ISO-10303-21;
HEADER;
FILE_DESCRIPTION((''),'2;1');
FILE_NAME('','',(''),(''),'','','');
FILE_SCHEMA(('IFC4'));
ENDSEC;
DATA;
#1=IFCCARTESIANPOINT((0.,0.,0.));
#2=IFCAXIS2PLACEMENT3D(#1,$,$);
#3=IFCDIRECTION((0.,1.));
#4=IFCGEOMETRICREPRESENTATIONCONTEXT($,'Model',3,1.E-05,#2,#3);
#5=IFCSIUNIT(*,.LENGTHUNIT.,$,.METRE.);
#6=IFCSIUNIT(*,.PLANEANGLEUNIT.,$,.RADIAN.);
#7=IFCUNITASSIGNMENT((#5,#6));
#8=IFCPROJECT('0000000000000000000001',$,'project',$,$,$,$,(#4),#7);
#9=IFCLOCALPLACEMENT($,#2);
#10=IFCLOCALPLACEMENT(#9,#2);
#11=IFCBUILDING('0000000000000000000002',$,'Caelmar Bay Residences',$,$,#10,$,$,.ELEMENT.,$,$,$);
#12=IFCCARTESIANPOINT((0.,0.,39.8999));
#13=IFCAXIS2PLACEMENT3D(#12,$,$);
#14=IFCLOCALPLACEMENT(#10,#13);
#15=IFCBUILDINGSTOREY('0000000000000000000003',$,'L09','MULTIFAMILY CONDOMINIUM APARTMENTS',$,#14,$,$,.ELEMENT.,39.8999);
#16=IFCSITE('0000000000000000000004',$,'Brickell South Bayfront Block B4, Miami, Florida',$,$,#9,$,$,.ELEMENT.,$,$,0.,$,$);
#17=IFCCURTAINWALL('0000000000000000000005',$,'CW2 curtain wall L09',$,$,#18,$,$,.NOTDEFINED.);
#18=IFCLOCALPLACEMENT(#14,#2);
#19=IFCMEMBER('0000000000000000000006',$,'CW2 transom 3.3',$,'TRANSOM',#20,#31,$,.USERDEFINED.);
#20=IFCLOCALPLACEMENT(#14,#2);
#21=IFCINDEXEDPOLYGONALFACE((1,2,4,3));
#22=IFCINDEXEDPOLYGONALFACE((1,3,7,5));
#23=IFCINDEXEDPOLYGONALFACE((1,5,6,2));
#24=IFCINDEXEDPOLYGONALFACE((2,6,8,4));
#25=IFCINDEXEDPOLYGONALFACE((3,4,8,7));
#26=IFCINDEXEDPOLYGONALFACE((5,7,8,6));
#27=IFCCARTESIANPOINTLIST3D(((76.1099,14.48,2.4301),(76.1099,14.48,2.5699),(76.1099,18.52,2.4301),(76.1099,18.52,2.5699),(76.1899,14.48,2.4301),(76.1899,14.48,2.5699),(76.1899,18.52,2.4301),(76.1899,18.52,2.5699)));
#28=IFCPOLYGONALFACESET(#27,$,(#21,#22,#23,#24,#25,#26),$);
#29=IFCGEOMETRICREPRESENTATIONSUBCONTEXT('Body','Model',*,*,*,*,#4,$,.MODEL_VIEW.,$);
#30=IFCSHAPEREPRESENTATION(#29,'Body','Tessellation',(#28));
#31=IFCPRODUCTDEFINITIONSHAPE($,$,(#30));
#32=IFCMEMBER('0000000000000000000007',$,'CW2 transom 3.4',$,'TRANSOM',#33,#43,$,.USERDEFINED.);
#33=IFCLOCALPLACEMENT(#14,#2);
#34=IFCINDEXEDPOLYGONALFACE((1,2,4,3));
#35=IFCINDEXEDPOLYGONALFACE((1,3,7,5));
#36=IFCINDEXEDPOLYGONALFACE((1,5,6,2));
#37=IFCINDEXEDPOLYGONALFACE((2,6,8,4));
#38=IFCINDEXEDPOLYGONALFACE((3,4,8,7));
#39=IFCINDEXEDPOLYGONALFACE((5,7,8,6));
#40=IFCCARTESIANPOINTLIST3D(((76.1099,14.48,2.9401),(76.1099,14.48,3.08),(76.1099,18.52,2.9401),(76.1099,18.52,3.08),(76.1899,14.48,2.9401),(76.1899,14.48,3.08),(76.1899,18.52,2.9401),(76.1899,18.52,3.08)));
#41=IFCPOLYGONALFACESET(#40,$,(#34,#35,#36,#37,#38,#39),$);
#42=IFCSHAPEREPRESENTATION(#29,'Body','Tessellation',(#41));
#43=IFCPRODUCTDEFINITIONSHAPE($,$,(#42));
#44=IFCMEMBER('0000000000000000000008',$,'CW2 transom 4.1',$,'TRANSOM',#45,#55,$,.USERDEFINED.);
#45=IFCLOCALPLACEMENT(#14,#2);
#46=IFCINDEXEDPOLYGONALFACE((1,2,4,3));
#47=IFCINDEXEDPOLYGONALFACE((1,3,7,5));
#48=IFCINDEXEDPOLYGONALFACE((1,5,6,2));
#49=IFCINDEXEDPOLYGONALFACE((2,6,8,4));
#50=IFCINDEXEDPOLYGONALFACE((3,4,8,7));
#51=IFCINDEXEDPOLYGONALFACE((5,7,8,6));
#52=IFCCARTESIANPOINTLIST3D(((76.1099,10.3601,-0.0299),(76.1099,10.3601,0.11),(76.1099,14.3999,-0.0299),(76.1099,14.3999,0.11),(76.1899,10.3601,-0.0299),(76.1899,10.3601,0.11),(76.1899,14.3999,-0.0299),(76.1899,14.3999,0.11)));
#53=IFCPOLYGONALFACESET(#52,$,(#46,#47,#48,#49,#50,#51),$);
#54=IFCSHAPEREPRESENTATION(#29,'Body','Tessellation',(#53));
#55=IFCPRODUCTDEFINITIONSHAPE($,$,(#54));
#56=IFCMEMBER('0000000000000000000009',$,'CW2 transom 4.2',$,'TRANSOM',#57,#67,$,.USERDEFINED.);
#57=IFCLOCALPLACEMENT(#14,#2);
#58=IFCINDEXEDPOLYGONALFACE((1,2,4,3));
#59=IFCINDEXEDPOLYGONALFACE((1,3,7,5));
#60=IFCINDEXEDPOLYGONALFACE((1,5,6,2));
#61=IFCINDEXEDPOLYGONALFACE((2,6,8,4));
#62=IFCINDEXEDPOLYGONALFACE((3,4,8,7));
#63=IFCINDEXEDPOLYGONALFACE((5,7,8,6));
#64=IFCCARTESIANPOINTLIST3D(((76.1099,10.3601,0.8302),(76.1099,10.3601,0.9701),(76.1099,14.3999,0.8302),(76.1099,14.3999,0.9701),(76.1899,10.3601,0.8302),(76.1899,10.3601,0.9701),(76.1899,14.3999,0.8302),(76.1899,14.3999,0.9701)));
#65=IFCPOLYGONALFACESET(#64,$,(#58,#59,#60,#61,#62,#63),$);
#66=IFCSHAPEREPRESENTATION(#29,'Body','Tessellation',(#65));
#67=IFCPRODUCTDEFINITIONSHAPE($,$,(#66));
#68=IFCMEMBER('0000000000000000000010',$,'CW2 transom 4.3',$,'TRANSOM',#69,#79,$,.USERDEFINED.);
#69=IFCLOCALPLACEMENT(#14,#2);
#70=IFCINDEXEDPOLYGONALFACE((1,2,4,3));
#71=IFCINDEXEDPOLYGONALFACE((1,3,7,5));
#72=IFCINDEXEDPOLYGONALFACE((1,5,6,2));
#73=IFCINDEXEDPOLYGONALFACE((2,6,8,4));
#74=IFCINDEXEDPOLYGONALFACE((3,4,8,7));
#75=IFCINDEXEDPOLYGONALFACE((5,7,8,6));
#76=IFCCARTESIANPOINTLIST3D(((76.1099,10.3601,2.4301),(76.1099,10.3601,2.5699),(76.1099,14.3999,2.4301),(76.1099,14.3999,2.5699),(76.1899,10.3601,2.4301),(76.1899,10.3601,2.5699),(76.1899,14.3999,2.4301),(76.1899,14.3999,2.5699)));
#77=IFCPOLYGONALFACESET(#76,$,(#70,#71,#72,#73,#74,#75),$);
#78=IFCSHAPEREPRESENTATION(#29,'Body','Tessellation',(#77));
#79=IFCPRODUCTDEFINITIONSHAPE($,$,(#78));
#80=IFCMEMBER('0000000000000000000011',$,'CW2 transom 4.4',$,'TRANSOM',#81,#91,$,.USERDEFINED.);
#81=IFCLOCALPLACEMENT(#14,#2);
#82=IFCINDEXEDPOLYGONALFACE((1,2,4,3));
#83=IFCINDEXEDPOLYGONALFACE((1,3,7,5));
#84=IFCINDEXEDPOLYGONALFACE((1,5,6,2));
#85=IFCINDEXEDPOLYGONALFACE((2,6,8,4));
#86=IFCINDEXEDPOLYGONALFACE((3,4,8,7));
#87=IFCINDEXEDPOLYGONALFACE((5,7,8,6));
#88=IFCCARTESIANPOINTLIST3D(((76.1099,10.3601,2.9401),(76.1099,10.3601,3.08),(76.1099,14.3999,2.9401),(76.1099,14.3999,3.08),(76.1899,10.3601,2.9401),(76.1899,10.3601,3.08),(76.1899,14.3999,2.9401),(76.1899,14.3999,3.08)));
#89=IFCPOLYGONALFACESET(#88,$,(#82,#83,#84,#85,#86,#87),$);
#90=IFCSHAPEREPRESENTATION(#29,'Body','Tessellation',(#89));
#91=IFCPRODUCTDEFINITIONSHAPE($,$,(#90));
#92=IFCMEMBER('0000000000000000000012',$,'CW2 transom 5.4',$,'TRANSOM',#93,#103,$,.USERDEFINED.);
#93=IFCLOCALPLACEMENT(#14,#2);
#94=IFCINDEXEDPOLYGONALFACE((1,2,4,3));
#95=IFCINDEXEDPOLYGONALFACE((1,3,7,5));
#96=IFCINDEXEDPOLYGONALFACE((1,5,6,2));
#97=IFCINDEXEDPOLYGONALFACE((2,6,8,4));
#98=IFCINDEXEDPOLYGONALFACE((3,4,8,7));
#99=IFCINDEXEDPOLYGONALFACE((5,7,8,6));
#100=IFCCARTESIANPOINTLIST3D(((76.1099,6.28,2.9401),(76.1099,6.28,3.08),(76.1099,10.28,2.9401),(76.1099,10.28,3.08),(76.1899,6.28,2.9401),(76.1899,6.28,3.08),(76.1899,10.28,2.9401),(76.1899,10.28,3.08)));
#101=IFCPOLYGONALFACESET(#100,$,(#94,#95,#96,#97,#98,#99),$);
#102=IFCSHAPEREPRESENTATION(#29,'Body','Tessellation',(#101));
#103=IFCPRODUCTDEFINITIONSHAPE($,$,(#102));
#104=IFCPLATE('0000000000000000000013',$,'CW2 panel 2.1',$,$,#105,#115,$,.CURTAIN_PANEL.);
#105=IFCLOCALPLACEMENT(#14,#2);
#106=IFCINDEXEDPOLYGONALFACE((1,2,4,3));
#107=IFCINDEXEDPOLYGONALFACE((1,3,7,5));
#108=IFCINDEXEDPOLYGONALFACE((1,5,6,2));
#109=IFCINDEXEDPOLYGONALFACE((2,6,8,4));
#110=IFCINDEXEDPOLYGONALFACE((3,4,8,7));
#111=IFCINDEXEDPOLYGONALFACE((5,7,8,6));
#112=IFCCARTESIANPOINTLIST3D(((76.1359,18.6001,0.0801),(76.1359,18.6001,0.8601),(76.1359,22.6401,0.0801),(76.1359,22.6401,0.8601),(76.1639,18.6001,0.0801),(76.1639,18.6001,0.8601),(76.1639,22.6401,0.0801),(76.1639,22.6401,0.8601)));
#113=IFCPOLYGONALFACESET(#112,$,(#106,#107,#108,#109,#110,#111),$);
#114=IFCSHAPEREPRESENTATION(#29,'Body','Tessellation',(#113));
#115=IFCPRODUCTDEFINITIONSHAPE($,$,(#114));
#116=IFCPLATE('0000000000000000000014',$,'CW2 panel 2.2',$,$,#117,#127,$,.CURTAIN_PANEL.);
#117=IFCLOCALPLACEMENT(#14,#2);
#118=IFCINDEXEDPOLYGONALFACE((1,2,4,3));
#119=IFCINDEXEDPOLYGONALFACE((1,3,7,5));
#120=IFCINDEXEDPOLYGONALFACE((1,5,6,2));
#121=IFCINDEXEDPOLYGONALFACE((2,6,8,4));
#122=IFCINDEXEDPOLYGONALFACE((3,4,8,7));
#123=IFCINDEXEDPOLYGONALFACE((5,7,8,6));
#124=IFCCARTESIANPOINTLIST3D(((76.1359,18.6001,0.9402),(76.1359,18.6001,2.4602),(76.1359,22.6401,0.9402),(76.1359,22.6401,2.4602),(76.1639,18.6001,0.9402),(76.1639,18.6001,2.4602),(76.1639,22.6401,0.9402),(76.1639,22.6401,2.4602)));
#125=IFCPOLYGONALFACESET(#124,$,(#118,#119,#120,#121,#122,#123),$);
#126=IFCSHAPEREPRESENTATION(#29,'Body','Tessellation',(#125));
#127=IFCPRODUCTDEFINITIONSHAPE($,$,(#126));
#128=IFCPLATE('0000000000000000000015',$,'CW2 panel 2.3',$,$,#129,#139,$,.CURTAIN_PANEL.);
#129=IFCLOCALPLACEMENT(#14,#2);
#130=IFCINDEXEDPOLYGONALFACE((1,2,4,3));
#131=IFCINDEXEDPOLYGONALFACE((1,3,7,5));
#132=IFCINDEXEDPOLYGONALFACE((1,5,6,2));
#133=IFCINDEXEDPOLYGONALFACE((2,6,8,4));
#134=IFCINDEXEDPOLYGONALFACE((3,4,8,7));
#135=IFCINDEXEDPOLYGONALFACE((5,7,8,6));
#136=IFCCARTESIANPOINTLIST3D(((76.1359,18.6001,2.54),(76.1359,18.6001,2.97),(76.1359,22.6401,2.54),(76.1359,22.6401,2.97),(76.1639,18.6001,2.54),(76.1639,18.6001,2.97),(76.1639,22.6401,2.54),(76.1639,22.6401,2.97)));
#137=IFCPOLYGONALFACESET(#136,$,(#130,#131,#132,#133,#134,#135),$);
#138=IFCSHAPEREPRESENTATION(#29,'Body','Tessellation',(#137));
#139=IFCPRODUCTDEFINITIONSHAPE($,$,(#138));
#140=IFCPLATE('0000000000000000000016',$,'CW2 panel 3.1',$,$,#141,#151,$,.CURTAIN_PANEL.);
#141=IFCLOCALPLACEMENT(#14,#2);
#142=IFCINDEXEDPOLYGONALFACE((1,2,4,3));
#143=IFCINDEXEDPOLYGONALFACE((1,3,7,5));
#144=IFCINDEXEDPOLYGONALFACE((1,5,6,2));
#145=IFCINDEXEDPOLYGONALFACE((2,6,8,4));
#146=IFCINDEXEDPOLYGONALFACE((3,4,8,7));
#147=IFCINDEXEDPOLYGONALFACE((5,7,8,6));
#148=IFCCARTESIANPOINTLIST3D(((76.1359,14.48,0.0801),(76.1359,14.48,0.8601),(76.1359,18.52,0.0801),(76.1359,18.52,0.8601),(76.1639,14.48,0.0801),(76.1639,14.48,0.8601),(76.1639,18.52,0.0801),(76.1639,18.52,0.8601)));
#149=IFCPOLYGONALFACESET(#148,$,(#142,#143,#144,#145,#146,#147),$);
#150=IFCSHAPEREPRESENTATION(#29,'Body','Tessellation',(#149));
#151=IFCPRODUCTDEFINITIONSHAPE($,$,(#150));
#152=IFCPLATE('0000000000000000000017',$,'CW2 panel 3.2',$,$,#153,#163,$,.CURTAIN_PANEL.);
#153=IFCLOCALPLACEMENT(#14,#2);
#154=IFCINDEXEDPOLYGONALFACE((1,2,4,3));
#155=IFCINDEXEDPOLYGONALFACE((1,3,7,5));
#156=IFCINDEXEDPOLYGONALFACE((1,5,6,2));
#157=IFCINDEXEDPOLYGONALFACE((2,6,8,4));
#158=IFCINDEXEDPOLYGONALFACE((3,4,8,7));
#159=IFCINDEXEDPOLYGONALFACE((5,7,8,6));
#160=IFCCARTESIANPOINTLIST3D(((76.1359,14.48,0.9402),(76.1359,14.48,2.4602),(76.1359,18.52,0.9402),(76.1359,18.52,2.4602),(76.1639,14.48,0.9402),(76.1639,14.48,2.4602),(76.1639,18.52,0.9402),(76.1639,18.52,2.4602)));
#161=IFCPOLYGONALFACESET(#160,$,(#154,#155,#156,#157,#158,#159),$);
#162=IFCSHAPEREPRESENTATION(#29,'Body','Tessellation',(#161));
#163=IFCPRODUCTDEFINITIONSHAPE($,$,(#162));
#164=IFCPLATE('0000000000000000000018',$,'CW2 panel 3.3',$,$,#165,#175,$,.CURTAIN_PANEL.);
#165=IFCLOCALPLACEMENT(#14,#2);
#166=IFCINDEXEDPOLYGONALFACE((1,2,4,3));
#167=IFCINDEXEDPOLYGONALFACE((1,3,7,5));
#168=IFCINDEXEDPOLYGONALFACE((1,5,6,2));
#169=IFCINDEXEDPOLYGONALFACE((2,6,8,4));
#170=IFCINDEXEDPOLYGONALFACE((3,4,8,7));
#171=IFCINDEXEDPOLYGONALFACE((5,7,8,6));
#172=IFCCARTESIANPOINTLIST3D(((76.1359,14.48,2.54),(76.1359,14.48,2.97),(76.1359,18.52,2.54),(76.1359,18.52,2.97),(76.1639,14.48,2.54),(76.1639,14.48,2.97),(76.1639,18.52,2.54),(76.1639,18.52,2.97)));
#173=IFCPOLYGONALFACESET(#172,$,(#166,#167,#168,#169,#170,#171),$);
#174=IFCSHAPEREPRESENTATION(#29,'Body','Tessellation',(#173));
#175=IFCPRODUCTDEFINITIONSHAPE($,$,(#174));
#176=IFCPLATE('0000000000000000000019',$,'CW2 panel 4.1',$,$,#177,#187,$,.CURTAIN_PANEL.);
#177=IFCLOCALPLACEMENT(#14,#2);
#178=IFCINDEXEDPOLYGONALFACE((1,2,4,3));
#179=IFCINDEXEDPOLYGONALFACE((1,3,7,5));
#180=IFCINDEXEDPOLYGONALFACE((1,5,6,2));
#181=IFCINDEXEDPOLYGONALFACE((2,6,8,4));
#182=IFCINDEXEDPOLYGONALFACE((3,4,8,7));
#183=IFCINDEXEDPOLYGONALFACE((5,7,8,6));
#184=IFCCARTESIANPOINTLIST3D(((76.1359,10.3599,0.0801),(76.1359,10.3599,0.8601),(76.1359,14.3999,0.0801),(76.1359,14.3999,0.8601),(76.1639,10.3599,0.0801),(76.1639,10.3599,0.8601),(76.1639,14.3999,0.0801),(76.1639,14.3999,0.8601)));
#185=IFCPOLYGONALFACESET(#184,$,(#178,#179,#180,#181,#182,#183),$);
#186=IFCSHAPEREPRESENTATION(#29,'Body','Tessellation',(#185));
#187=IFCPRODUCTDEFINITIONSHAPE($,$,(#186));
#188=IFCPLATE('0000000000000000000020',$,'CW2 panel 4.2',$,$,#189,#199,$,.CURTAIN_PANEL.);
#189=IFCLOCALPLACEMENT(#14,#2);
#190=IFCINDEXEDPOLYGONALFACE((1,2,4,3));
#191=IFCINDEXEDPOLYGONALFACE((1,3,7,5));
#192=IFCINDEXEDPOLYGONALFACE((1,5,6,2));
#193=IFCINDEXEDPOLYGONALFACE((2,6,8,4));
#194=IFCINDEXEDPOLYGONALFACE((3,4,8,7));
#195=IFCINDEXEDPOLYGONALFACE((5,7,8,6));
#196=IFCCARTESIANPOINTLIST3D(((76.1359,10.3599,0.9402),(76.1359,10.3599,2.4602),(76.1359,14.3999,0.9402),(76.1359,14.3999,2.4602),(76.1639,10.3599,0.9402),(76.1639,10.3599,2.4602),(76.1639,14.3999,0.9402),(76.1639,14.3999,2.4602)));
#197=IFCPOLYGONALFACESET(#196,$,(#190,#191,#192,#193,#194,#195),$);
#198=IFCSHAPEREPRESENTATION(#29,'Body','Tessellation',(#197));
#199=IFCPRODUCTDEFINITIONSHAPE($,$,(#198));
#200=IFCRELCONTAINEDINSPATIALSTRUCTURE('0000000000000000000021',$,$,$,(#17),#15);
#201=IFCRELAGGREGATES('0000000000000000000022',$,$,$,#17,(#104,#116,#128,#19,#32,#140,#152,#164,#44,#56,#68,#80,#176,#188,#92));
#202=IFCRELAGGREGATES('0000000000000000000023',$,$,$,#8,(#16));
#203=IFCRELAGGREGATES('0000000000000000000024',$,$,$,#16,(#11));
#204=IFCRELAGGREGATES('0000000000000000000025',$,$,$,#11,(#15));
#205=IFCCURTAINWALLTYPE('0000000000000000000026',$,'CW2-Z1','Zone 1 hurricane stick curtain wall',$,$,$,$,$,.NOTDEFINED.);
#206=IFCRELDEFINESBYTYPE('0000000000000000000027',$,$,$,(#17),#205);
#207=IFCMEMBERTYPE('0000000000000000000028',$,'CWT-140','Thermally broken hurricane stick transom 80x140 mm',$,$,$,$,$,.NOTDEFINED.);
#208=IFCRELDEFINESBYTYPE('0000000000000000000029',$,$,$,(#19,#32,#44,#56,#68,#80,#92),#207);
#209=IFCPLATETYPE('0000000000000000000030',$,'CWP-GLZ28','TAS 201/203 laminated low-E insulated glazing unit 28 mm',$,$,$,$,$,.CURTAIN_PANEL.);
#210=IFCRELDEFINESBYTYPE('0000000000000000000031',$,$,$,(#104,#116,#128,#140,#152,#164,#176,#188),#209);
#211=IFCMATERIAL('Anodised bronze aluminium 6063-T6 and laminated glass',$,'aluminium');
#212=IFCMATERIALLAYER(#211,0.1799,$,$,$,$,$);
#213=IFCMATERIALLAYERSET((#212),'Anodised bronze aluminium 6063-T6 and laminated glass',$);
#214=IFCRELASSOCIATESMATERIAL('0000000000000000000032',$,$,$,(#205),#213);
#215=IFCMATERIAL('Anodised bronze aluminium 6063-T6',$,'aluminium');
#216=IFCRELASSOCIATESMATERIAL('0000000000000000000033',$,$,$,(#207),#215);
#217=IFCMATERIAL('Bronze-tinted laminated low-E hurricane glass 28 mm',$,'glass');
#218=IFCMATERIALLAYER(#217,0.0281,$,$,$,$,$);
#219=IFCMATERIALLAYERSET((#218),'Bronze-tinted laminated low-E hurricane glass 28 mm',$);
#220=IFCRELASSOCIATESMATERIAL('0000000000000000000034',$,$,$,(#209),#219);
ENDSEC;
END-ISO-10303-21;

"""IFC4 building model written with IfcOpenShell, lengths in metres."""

from ifc_helpers import new_model, si_unit, direction, frame, origin, origin_2d, place, context, subcontext, project, spatial, rectangle, extrude, material, layer, layer_set, material_profile, profile_set, type_object, element, aggregate, save


model = new_model("IFC4")

# Units and contexts
model_context = context("Model", 3, precision=1e-05, world=origin(), true_north=direction((0.0, 1.0)))
body_context = subcontext(model_context, "Body", "Model", "MODEL_VIEW")
ifc_project = project(units=[si_unit("LENGTHUNIT", "METRE"), si_unit("PLANEANGLEUNIT", "RADIAN")], contexts=[model_context])

# Site, building, storey
site_placement = place(None, origin())
site = spatial("IfcSite", under=ifc_project, at=site_placement, Name="Brickell South Bayfront Block B4, Miami, Florida", CompositionType="ELEMENT", RefElevation=0.0)
building_placement = place(site_placement, origin())
building = spatial("IfcBuilding", under=site, at=building_placement, Name="Caelmar Bay Residences", CompositionType="ELEMENT")
storey_placement = place(building_placement, frame((0.0, 0.0, 39.8999)))
storey = spatial("IfcBuildingStorey", under=building, at=storey_placement, Name="L09", Description="MULTIFAMILY CONDOMINIUM APARTMENTS", CompositionType="ELEMENT", Elevation=39.8999)

# Curtain wall, members, plates
ifc_material_1 = material(Name="Anodised bronze aluminium 6063-T6 and laminated glass", Category="aluminium")
ifc_layer_1 = layer(ifc_material_1, 0.1799)
ifc_layer_set_1 = layer_set([ifc_layer_1], Name="Anodised bronze aluminium 6063-T6 and laminated glass")
curtain_wall_type = type_object("IfcCurtainWallType", Name="CW2-Z1", Description="Zone 1 hurricane stick curtain wall", PredefinedType="NOTDEFINED", material=ifc_layer_set_1)
curtain_wall_placement = place(storey_placement, origin())
curtain_wall = element("IfcCurtainWall", 1, at=curtain_wall_placement, inside=storey, type_object=curtain_wall_type, Name="CW2 curtain wall L09", PredefinedType="NOTDEFINED")
ifc_material_2 = material(Name="Anodised bronze aluminium 6063-T6", Category="aluminium")
ifc_material_profile_1 = material_profile(ifc_material_2, rectangle(XDim=0.0801, YDim=0.1399, at=origin_2d()), Name="CWT-80X140")
ifc_profile_set_1 = profile_set([ifc_material_profile_1], Name="Anodised bronze aluminium 6063-T6")
member_type_1 = type_object("IfcMemberType", Name="CWT-140", Description="Thermally broken hurricane stick transom 80x140 mm", PredefinedType="NOTDEFINED", material=ifc_profile_set_1)
member_1_placement = place(storey_placement, frame((76.1499, 18.52, 2.5), z_axis=(0.0, -1.0, 0.0), x_axis=(1.0, 0.0, 0.0)))
member_1 = element("IfcMember", 2, at=member_1_placement, type_object=member_type_1, Name="CW2 transom 3.3", ObjectType="TRANSOM", PredefinedType="USERDEFINED", context=body_context, shape_type="SweptSolid", body=[
    extrude(rectangle(XDim=0.0801, YDim=0.1399, at=origin_2d()), origin(), (0.0, 0.0, 1.0), 4.04),
])
member_2_placement = place(storey_placement, frame((76.1499, 18.52, 3.01), z_axis=(0.0, -1.0, 0.0), x_axis=(1.0, 0.0, 0.0)))
member_2 = element("IfcMember", 3, at=member_2_placement, type_object=member_type_1, Name="CW2 transom 3.4", ObjectType="TRANSOM", PredefinedType="USERDEFINED", context=body_context, shape_type="SweptSolid", body=[
    extrude(rectangle(XDim=0.0801, YDim=0.1399, at=origin_2d()), origin(), (0.0, 0.0, 1.0), 4.04),
])
member_3_placement = place(storey_placement, frame((76.1499, 14.3999, 0.04), z_axis=(0.0, -1.0, 0.0), x_axis=(1.0, 0.0, 0.0)))
member_3 = element("IfcMember", 4, at=member_3_placement, type_object=member_type_1, Name="CW2 transom 4.1", ObjectType="TRANSOM", PredefinedType="USERDEFINED", context=body_context, shape_type="SweptSolid", body=[
    extrude(rectangle(XDim=0.0801, YDim=0.1399, at=origin_2d()), origin(), (0.0, 0.0, 1.0), 4.0398),
])
member_4_placement = place(storey_placement, frame((76.1499, 14.3999, 0.9001), z_axis=(0.0, -1.0, 0.0), x_axis=(1.0, 0.0, 0.0)))
member_4 = element("IfcMember", 5, at=member_4_placement, type_object=member_type_1, Name="CW2 transom 4.2", ObjectType="TRANSOM", PredefinedType="USERDEFINED", context=body_context, shape_type="SweptSolid", body=[
    extrude(rectangle(XDim=0.0801, YDim=0.1399, at=origin_2d()), origin(), (0.0, 0.0, 1.0), 4.0398),
])
member_5_placement = place(storey_placement, frame((76.1499, 14.3999, 2.5), z_axis=(0.0, -1.0, 0.0), x_axis=(1.0, 0.0, 0.0)))
member_5 = element("IfcMember", 6, at=member_5_placement, type_object=member_type_1, Name="CW2 transom 4.3", ObjectType="TRANSOM", PredefinedType="USERDEFINED", context=body_context, shape_type="SweptSolid", body=[
    extrude(rectangle(XDim=0.0801, YDim=0.1399, at=origin_2d()), origin(), (0.0, 0.0, 1.0), 4.0398),
])
member_6_placement = place(storey_placement, frame((76.1499, 14.3999, 3.01), z_axis=(0.0, -1.0, 0.0), x_axis=(1.0, 0.0, 0.0)))
member_6 = element("IfcMember", 7, at=member_6_placement, type_object=member_type_1, Name="CW2 transom 4.4", ObjectType="TRANSOM", PredefinedType="USERDEFINED", context=body_context, shape_type="SweptSolid", body=[
    extrude(rectangle(XDim=0.0801, YDim=0.1399, at=origin_2d()), origin(), (0.0, 0.0, 1.0), 4.0398),
])
member_7_placement = place(storey_placement, frame((76.1499, 10.28, 3.01), z_axis=(0.0, -1.0, 0.0), x_axis=(1.0, 0.0, 0.0)))
member_7 = element("IfcMember", 8, at=member_7_placement, type_object=member_type_1, Name="CW2 transom 5.4", ObjectType="TRANSOM", PredefinedType="USERDEFINED", context=body_context, shape_type="SweptSolid", body=[
    extrude(rectangle(XDim=0.0801, YDim=0.1399, at=origin_2d()), origin(), (0.0, 0.0, 1.0), 4.0),
])
ifc_material_3 = material(Name="Bronze-tinted laminated low-E hurricane glass 28 mm", Category="glass")
ifc_layer_2 = layer(ifc_material_3, 0.0281)
ifc_layer_set_2 = layer_set([ifc_layer_2], Name="Bronze-tinted laminated low-E hurricane glass 28 mm")
plate_type = type_object("IfcPlateType", Name="CWP-GLZ28", Description="TAS 201/203 laminated low-E insulated glazing unit 28 mm", PredefinedType="CURTAIN_PANEL", material=ifc_layer_set_2)
plate_1_placement = place(storey_placement, frame((76.1499, 20.6201, 0.0801), z_axis=(0.0, 0.0, 1.0), x_axis=(0.0, -1.0, 0.0)))
plate_1 = element("IfcPlate", 9, at=plate_1_placement, type_object=plate_type, Name="CW2 panel 2.1", PredefinedType="CURTAIN_PANEL", context=body_context, shape_type="SweptSolid", body=[
    extrude(rectangle(XDim=4.04, YDim=0.0281, at=origin_2d()), origin(), (0.0, 0.0, 1.0), 0.78),
])
plate_2_placement = place(storey_placement, frame((76.1499, 20.6201, 0.9402), z_axis=(0.0, 0.0, 1.0), x_axis=(0.0, -1.0, 0.0)))
plate_2 = element("IfcPlate", 10, at=plate_2_placement, type_object=plate_type, Name="CW2 panel 2.2", PredefinedType="CURTAIN_PANEL", context=body_context, shape_type="SweptSolid", body=[
    extrude(rectangle(XDim=4.04, YDim=0.0281, at=origin_2d()), origin(), (0.0, 0.0, 1.0), 1.52),
])
plate_3_placement = place(storey_placement, frame((76.1499, 20.6201, 2.54), z_axis=(0.0, 0.0, 1.0), x_axis=(0.0, -1.0, 0.0)))
plate_3 = element("IfcPlate", 11, at=plate_3_placement, type_object=plate_type, Name="CW2 panel 2.3", PredefinedType="CURTAIN_PANEL", context=body_context, shape_type="SweptSolid", body=[
    extrude(rectangle(XDim=4.04, YDim=0.0281, at=origin_2d()), origin(), (0.0, 0.0, 1.0), 0.4299),
])
plate_4_placement = place(storey_placement, frame((76.1499, 16.5, 0.0801), z_axis=(0.0, 0.0, 1.0), x_axis=(0.0, -1.0, 0.0)))
plate_4 = element("IfcPlate", 12, at=plate_4_placement, type_object=plate_type, Name="CW2 panel 3.1", PredefinedType="CURTAIN_PANEL", context=body_context, shape_type="SweptSolid", body=[
    extrude(rectangle(XDim=4.04, YDim=0.0281, at=origin_2d()), origin(), (0.0, 0.0, 1.0), 0.78),
])
plate_5_placement = place(storey_placement, frame((76.1499, 16.5, 0.9402), z_axis=(0.0, 0.0, 1.0), x_axis=(0.0, -1.0, 0.0)))
plate_5 = element("IfcPlate", 13, at=plate_5_placement, type_object=plate_type, Name="CW2 panel 3.2", PredefinedType="CURTAIN_PANEL", context=body_context, shape_type="SweptSolid", body=[
    extrude(rectangle(XDim=4.04, YDim=0.0281, at=origin_2d()), origin(), (0.0, 0.0, 1.0), 1.52),
])
plate_6_placement = place(storey_placement, frame((76.1499, 16.5, 2.54), z_axis=(0.0, 0.0, 1.0), x_axis=(0.0, -1.0, 0.0)))
plate_6 = element("IfcPlate", 14, at=plate_6_placement, type_object=plate_type, Name="CW2 panel 3.3", PredefinedType="CURTAIN_PANEL", context=body_context, shape_type="SweptSolid", body=[
    extrude(rectangle(XDim=4.04, YDim=0.0281, at=origin_2d()), origin(), (0.0, 0.0, 1.0), 0.4299),
])
plate_7_placement = place(storey_placement, frame((76.1499, 12.3799, 0.0801), z_axis=(0.0, 0.0, 1.0), x_axis=(0.0, -1.0, 0.0)))
plate_7 = element("IfcPlate", 15, at=plate_7_placement, type_object=plate_type, Name="CW2 panel 4.1", PredefinedType="CURTAIN_PANEL", context=body_context, shape_type="SweptSolid", body=[
    extrude(rectangle(XDim=4.04, YDim=0.0281, at=origin_2d()), origin(), (0.0, 0.0, 1.0), 0.78),
])
plate_8_placement = place(storey_placement, frame((76.1499, 12.3799, 0.9402), z_axis=(0.0, 0.0, 1.0), x_axis=(0.0, -1.0, 0.0)))
plate_8 = element("IfcPlate", 16, at=plate_8_placement, type_object=plate_type, Name="CW2 panel 4.2", PredefinedType="CURTAIN_PANEL", context=body_context, shape_type="SweptSolid", body=[
    extrude(rectangle(XDim=4.04, YDim=0.0281, at=origin_2d()), origin(), (0.0, 0.0, 1.0), 1.52),
])
aggregate(curtain_wall, [plate_1, plate_2, plate_3, member_1, member_2, plate_4, plate_5, plate_6, member_3, member_4, member_5, member_6, plate_7, plate_8, member_7])

save(model, "model.ifc")
